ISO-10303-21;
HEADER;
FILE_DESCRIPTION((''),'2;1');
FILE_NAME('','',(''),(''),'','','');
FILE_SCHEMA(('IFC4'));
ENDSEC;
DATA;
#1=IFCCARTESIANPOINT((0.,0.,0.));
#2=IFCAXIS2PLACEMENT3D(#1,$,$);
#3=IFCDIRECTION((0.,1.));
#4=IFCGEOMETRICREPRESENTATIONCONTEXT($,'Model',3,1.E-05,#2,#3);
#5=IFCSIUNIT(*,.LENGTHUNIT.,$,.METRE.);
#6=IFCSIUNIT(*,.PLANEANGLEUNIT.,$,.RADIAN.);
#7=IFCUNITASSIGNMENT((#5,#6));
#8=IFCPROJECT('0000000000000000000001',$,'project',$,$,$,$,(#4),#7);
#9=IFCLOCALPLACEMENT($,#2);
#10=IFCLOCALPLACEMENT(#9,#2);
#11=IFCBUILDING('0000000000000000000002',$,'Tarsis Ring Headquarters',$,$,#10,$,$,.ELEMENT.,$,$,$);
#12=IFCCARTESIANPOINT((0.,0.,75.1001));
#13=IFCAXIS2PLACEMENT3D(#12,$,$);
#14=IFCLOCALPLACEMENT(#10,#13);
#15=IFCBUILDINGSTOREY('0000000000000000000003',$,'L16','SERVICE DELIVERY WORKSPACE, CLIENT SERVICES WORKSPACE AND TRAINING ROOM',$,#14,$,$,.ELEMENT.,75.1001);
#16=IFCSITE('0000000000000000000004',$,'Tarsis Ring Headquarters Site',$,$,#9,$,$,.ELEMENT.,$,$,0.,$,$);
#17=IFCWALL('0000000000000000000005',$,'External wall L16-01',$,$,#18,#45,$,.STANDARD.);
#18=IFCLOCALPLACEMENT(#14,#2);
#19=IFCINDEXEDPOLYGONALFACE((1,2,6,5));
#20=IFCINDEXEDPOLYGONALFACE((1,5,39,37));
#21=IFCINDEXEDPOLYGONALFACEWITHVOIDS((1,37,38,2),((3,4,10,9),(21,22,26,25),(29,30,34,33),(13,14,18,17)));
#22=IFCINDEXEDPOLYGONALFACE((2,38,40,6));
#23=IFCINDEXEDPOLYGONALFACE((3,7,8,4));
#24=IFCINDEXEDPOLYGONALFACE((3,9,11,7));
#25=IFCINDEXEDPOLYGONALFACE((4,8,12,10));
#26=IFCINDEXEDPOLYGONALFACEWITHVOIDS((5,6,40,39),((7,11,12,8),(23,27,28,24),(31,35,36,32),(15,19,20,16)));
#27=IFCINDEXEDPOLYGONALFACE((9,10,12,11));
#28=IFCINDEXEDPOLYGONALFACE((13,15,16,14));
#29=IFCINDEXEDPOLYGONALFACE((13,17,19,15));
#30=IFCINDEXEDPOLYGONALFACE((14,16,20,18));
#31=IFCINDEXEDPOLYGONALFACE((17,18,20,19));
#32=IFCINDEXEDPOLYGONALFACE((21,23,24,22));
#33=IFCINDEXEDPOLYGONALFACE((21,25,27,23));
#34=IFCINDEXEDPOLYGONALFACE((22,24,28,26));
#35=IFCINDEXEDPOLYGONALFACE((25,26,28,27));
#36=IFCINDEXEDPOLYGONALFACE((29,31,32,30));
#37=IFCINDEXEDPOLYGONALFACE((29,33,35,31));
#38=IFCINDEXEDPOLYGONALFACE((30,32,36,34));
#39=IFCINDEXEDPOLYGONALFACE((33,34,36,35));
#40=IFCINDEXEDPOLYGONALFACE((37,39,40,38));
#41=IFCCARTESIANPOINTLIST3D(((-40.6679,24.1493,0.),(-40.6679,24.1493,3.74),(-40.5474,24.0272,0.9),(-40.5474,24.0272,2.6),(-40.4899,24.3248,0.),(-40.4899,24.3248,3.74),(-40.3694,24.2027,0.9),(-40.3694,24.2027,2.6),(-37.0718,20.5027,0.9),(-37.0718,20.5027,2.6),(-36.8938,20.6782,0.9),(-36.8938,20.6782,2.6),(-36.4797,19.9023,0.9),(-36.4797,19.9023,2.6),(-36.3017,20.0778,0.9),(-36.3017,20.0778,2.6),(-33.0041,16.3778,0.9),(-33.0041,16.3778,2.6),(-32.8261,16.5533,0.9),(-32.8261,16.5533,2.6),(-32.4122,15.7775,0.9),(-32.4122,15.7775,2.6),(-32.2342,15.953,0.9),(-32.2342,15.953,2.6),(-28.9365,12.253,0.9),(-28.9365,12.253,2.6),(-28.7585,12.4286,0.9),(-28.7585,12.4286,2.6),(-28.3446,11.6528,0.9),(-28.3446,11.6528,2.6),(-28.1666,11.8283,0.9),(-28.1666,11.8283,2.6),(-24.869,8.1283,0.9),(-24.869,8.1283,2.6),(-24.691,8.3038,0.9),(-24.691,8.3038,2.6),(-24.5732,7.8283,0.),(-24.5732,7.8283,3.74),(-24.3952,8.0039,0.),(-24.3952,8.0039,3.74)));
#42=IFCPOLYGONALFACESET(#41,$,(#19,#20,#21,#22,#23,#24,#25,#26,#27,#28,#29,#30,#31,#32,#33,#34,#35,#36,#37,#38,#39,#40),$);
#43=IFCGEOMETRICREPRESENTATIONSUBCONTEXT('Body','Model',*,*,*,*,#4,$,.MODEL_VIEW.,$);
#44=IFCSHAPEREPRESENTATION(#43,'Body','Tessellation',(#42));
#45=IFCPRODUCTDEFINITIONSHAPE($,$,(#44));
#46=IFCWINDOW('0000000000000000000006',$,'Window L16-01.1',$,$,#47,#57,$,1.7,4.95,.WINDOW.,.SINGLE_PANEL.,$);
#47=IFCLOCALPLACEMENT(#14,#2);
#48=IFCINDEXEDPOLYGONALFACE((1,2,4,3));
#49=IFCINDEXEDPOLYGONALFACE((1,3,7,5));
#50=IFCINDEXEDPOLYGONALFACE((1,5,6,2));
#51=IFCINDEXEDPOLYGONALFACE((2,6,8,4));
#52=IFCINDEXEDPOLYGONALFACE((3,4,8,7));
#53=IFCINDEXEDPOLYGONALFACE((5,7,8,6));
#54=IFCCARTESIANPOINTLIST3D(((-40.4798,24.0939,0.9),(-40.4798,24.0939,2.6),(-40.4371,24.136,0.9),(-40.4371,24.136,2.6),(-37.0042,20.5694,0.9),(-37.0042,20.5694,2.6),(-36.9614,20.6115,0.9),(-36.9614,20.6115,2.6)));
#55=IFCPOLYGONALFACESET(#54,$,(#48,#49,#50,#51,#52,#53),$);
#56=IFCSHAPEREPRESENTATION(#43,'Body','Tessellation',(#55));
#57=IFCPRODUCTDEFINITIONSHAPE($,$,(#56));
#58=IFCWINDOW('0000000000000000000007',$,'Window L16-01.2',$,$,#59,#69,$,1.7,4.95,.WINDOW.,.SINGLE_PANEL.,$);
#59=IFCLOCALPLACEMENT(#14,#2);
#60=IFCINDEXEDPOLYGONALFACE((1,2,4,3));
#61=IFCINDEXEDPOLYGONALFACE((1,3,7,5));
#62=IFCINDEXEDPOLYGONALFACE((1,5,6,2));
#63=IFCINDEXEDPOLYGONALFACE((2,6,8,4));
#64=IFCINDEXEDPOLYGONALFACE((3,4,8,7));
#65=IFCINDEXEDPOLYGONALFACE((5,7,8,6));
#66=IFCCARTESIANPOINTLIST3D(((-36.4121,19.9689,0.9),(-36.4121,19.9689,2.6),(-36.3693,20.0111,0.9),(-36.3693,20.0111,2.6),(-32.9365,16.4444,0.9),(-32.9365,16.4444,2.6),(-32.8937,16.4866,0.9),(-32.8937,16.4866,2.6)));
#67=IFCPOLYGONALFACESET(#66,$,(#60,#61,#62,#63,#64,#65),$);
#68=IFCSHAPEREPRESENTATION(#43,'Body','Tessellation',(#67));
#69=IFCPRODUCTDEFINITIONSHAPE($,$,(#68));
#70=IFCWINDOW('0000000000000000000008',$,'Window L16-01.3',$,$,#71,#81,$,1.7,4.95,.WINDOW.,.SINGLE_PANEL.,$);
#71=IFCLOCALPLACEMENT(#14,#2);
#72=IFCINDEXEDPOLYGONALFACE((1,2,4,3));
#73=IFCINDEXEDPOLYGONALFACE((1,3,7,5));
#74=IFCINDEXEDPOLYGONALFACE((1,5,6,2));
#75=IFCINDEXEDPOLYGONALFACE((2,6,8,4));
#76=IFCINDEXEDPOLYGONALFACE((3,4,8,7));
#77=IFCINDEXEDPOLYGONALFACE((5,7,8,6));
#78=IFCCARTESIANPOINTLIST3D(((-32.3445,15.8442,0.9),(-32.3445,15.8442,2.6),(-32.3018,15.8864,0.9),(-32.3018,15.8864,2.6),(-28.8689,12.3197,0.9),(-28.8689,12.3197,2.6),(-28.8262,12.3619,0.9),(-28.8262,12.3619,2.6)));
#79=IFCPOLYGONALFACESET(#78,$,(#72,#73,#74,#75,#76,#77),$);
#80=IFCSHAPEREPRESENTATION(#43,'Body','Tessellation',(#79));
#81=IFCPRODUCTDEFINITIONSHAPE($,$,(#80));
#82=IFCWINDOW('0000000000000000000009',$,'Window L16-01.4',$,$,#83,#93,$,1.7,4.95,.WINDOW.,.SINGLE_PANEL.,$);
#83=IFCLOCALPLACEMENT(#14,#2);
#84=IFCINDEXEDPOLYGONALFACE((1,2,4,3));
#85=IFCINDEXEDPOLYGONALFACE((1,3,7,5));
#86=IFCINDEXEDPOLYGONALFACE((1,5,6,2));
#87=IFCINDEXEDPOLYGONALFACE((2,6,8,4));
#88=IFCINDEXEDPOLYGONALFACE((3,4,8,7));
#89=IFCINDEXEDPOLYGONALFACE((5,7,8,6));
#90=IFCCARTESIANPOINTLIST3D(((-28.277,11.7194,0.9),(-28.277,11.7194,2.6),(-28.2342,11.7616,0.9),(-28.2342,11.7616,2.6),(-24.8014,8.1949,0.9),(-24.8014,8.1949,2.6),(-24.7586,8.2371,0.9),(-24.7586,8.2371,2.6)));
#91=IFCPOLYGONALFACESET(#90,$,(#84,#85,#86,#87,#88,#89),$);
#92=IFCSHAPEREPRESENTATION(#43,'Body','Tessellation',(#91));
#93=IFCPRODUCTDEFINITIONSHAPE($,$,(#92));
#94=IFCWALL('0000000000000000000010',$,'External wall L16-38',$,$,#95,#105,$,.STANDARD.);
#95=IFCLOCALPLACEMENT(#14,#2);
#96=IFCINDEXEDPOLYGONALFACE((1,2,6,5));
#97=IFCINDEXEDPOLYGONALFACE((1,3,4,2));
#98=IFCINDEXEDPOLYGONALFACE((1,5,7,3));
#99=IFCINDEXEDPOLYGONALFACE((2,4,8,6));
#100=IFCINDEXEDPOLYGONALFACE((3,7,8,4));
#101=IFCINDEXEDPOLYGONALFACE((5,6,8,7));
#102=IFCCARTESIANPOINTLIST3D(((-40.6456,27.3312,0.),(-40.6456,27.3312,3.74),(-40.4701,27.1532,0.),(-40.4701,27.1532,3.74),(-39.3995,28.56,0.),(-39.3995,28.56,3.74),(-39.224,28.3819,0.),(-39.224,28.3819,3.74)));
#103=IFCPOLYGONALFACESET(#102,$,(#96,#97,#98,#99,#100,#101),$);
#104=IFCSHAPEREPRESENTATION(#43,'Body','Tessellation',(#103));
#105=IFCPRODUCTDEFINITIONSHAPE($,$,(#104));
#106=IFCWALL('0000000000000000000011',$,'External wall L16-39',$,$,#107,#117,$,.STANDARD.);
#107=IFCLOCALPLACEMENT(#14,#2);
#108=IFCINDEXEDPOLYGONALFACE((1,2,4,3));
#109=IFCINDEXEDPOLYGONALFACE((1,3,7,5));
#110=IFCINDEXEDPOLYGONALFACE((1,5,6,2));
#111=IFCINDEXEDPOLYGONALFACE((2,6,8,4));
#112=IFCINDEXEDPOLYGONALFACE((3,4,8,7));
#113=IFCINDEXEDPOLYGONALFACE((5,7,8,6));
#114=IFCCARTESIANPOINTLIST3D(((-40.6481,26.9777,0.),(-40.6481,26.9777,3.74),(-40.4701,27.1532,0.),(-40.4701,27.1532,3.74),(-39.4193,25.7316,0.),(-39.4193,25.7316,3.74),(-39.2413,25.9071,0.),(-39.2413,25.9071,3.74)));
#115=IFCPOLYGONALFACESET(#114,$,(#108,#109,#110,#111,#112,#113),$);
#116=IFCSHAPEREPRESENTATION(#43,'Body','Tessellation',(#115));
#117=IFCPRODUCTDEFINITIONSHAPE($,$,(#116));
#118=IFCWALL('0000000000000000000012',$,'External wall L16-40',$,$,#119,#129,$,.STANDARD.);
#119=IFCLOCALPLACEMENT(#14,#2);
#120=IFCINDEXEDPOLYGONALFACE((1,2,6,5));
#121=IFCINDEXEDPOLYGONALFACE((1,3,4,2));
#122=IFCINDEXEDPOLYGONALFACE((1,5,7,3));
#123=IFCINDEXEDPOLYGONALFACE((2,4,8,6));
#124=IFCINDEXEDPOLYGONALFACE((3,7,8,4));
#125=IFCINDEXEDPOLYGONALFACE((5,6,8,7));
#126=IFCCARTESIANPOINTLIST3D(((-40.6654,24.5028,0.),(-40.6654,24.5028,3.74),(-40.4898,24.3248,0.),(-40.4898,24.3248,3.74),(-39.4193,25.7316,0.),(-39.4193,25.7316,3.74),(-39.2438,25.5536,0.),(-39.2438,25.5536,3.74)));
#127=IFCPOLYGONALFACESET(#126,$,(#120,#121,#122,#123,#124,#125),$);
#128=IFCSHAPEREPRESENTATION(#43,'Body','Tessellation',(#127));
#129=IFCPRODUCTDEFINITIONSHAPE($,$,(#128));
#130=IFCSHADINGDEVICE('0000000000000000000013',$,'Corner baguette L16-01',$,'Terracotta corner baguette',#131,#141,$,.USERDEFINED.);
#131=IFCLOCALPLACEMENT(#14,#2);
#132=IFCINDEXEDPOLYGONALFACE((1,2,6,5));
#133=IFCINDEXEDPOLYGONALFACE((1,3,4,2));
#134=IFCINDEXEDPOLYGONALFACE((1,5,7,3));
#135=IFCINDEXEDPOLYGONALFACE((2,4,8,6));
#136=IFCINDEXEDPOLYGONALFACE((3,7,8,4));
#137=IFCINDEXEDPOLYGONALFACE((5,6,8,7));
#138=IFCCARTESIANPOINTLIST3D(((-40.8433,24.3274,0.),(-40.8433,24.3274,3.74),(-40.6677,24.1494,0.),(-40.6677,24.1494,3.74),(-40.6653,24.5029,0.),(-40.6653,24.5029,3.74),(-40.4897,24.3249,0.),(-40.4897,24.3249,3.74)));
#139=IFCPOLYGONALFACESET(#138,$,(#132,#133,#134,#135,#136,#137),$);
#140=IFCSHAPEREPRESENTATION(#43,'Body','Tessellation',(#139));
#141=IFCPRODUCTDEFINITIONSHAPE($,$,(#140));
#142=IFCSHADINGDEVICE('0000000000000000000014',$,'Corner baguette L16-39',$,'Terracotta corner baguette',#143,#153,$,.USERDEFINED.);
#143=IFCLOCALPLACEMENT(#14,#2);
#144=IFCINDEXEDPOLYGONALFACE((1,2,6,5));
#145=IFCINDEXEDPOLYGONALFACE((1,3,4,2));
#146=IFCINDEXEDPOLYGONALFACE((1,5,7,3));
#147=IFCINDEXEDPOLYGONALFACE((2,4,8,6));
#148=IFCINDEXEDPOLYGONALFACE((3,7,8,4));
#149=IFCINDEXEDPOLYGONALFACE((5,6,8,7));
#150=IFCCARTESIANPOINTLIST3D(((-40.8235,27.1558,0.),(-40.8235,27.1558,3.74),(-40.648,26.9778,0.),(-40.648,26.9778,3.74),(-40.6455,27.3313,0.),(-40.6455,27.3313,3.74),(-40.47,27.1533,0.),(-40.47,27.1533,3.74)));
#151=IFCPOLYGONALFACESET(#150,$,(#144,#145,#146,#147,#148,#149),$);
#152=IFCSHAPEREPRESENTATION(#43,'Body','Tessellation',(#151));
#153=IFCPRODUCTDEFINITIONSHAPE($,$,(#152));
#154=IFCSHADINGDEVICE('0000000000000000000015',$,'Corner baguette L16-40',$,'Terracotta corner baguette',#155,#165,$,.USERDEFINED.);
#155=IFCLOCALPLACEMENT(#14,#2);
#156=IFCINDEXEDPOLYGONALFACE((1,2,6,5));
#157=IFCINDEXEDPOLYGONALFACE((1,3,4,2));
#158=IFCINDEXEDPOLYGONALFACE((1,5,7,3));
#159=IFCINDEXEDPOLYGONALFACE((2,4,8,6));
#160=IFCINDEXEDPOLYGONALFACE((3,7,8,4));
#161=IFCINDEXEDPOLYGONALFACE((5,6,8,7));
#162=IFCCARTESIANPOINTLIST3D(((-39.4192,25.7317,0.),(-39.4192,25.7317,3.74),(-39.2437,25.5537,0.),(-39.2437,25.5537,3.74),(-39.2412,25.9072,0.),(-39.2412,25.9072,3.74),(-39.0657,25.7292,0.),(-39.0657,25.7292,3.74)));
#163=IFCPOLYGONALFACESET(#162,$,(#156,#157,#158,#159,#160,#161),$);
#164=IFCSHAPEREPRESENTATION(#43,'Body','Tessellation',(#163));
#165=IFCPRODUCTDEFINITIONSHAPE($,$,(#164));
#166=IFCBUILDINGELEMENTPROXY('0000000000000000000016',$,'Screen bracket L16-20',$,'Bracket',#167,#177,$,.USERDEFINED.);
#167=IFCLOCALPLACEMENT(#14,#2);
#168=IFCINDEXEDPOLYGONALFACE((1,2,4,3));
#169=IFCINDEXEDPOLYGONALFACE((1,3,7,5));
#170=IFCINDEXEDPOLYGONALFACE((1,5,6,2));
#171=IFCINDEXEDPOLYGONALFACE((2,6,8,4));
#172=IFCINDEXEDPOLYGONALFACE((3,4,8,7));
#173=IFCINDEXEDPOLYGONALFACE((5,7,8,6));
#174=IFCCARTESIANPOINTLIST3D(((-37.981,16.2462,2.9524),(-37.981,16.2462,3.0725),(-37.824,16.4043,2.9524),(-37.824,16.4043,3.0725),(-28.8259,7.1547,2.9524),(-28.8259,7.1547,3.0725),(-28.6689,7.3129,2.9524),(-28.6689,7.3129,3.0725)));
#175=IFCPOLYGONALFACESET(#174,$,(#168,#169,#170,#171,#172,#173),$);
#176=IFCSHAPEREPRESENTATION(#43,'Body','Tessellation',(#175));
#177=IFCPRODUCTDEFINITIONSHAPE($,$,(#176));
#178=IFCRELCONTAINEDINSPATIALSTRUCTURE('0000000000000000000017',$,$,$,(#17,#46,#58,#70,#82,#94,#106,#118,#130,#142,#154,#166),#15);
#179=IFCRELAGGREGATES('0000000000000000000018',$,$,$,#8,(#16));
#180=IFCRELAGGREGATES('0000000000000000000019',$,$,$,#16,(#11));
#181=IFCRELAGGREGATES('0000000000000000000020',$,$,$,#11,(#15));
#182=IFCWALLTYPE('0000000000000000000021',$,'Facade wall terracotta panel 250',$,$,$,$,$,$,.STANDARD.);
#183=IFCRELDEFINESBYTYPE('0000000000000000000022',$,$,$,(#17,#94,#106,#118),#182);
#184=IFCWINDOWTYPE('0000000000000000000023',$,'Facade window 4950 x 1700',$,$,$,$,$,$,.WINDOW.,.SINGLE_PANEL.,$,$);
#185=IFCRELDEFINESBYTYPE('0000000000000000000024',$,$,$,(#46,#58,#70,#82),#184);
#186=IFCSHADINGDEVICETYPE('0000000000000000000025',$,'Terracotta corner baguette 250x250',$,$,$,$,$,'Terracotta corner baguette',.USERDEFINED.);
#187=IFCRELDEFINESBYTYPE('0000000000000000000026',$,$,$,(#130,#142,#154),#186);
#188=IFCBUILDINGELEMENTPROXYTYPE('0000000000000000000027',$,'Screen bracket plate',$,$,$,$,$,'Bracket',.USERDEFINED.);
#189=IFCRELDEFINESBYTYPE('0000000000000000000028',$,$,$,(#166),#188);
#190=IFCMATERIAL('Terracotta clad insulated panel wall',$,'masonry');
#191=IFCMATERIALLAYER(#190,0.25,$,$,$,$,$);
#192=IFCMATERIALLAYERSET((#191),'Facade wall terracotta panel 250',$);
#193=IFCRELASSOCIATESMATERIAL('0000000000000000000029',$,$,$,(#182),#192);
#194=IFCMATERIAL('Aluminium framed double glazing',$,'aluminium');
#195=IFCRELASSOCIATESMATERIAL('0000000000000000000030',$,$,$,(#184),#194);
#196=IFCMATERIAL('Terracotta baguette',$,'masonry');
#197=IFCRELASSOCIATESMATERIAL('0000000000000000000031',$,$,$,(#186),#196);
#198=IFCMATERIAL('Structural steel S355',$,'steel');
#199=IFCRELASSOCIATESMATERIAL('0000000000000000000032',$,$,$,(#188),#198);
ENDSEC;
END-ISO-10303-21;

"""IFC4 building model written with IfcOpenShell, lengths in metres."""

from ifc_helpers import new_model, si_unit, direction, frame, frame_2d, origin, origin_2d, place, context, subcontext, project, spatial, rectangle, extrude, material, layer, layer_set, type_object, element, fill, save


model = new_model("IFC4")

# Units and contexts
model_context = context("Model", 3, precision=1e-05, world=origin(), true_north=direction((0.0, 1.0)))
body_context = subcontext(model_context, "Body", "Model", "MODEL_VIEW")
ifc_project = project(units=[si_unit("LENGTHUNIT", "METRE"), si_unit("PLANEANGLEUNIT", "RADIAN")], contexts=[model_context])

# Site, building, storey
site_placement = place(None, origin())
site = spatial("IfcSite", under=ifc_project, at=site_placement, Name="Tarsis Ring Headquarters Site", CompositionType="ELEMENT", RefElevation=0.0)
building_placement = place(site_placement, origin())
building = spatial("IfcBuilding", under=site, at=building_placement, Name="Tarsis Ring Headquarters", CompositionType="ELEMENT")
storey_placement = place(building_placement, frame((0.0, 0.0, 75.1001)))
storey = spatial("IfcBuildingStorey", under=building, at=storey_placement, Name="L16", Description="SERVICE DELIVERY WORKSPACE, CLIENT SERVICES WORKSPACE AND TRAINING ROOM", CompositionType="ELEMENT", Elevation=75.1001)

# Shared definitions
ifc_material_1 = material(Name="Structural steel S355", Category="steel")

# Wall, openings, windows
ifc_material_2 = material(Name="Terracotta clad insulated panel wall", Category="masonry")
ifc_layer_1 = layer(ifc_material_2, 0.25)
ifc_layer_set_1 = layer_set([ifc_layer_1], Name="Facade wall terracotta panel 250")
wall_type_1 = type_object("IfcWallType", Name="Facade wall terracotta panel 250", PredefinedType="STANDARD", material=ifc_layer_set_1)
wall_1_placement = place(storey_placement, frame((-40.5789, 24.2371, 0.0), z_axis=(0.0, 0.0, 1.0), x_axis=(0.702153, -0.712026, 0.0)))
wall_1 = element("IfcWall", 1, at=wall_1_placement, inside=storey, type_object=wall_type_1, Name="External wall L16-01", PredefinedType="STANDARD", context=body_context, shape_type="SweptSolid", body=[
    extrude(rectangle(XDim=22.9219, YDim=0.25, at=frame_2d((11.4609, 0.0))), origin(), (0.0, 0.0, 1.0), 3.74),
])
opening_1_placement = place(wall_1_placement, frame((0.1714, 0.0, 0.8999)))
opening_1 = element("IfcOpeningElement", 2, at=opening_1_placement, cuts=wall_1, PredefinedType="OPENING", context=body_context, shape_type="SweptSolid", body=[
    extrude(rectangle(XDim=4.95, YDim=1.7, at=frame_2d((2.4751, 0.8501))), frame((0.0, 0.135, 0.0), z_axis=(0.0, -1.0, 0.0), x_axis=(1.0, 0.0, 0.0)), (0.0, 0.0, 1.0), 0.27),
])
opening_2_placement = place(wall_1_placement, frame((5.9646, 0.0, 0.8999)))
opening_2 = element("IfcOpeningElement", 3, at=opening_2_placement, cuts=wall_1, PredefinedType="OPENING", context=body_context, shape_type="SweptSolid", body=[
    extrude(rectangle(XDim=4.95, YDim=1.7, at=frame_2d((2.4751, 0.8501))), frame((0.0, 0.135, 0.0), z_axis=(0.0, -1.0, 0.0), x_axis=(1.0, 0.0, 0.0)), (0.0, 0.0, 1.0), 0.27),
])
opening_3_placement = place(wall_1_placement, frame((11.7576, 0.0, 0.8999)))
opening_3 = element("IfcOpeningElement", 4, at=opening_3_placement, cuts=wall_1, PredefinedType="OPENING", context=body_context, shape_type="SweptSolid", body=[
    extrude(rectangle(XDim=4.95, YDim=1.7, at=frame_2d((2.4751, 0.8501))), frame((0.0, 0.135, 0.0), z_axis=(0.0, -1.0, 0.0), x_axis=(1.0, 0.0, 0.0)), (0.0, 0.0, 1.0), 0.27),
])
opening_4_placement = place(wall_1_placement, frame((17.5505, 0.0, 0.8999)))
opening_4 = element("IfcOpeningElement", 5, at=opening_4_placement, cuts=wall_1, PredefinedType="OPENING", context=body_context, shape_type="SweptSolid", body=[
    extrude(rectangle(XDim=4.95, YDim=1.7, at=frame_2d((2.4751, 0.8501))), frame((0.0, 0.135, 0.0), z_axis=(0.0, -1.0, 0.0), x_axis=(1.0, 0.0, 0.0)), (0.0, 0.0, 1.0), 0.27),
])
ifc_material_3 = material(Name="Aluminium framed double glazing", Category="aluminium")
window_type = type_object("IfcWindowType", Name="Facade window 4950 x 1700", PartitioningType="SINGLE_PANEL", PredefinedType="WINDOW", material=ifc_material_3)
window_1_placement = place(opening_1_placement, origin())
window_1 = element("IfcWindow", 6, at=window_1_placement, inside=storey, type_object=window_type, Name="Window L16-01.1", OverallHeight=1.7, OverallWidth=4.95, PartitioningType="SINGLE_PANEL", PredefinedType="WINDOW", context=body_context, shape_type="SweptSolid", body=[
    extrude(rectangle(XDim=4.95, YDim=1.7, at=frame_2d((2.4751, 0.8501))), frame((0.0, 0.03, 0.0), z_axis=(0.0, -1.0, 0.0), x_axis=(1.0, 0.0, 0.0)), (0.0, 0.0, 1.0), 0.0601),
])
fill(opening_1, window_1)
window_2_placement = place(opening_2_placement, origin())
window_2 = element("IfcWindow", 7, at=window_2_placement, inside=storey, type_object=window_type, Name="Window L16-01.2", OverallHeight=1.7, OverallWidth=4.95, PartitioningType="SINGLE_PANEL", PredefinedType="WINDOW", context=body_context, shape_type="SweptSolid", body=[
    extrude(rectangle(XDim=4.95, YDim=1.7, at=frame_2d((2.4751, 0.8501))), frame((0.0, 0.03, 0.0), z_axis=(0.0, -1.0, 0.0), x_axis=(1.0, 0.0, 0.0)), (0.0, 0.0, 1.0), 0.0601),
])
fill(opening_2, window_2)
window_3_placement = place(opening_3_placement, origin())
window_3 = element("IfcWindow", 8, at=window_3_placement, inside=storey, type_object=window_type, Name="Window L16-01.3", OverallHeight=1.7, OverallWidth=4.95, PartitioningType="SINGLE_PANEL", PredefinedType="WINDOW", context=body_context, shape_type="SweptSolid", body=[
    extrude(rectangle(XDim=4.95, YDim=1.7, at=frame_2d((2.4751, 0.8501))), frame((0.0, 0.03, 0.0), z_axis=(0.0, -1.0, 0.0), x_axis=(1.0, 0.0, 0.0)), (0.0, 0.0, 1.0), 0.0601),
])
fill(opening_3, window_3)
window_4_placement = place(opening_4_placement, origin())
window_4 = element("IfcWindow", 9, at=window_4_placement, inside=storey, type_object=window_type, Name="Window L16-01.4", OverallHeight=1.7, OverallWidth=4.95, PartitioningType="SINGLE_PANEL", PredefinedType="WINDOW", context=body_context, shape_type="SweptSolid", body=[
    extrude(rectangle(XDim=4.95, YDim=1.7, at=frame_2d((2.4751, 0.8501))), frame((0.0, 0.03, 0.0), z_axis=(0.0, -1.0, 0.0), x_axis=(1.0, 0.0, 0.0)), (0.0, 0.0, 1.0), 0.0601),
])
fill(opening_4, window_4)

# Walls
for number, where, z_axis, x_axis, name in (
    (10, (-39.3118, 28.4709, 0.0), (0.0, 0.0, 1.0), (-0.712042, -0.702137, 0.0), "External wall L16-38"),
    (11, (-40.5591, 27.0654, 0.0), (0.0, 0.0, 1.0), (0.702137, -0.712042, 0.0), "External wall L16-39"),
    (12, (-39.3315, 25.6426, 0.0), (0.0, 0.0, 1.0), (-0.712042, -0.702137, 0.0), "External wall L16-40"),
):
    element("IfcWall", number, at=place(storey_placement, frame(where, z_axis=z_axis, x_axis=x_axis)), inside=storey, type_object=wall_type_1, Name=name, PredefinedType="STANDARD", context=body_context, shape_type="SweptSolid", body=[
        extrude(rectangle(XDim=1.75, YDim=0.25, at=frame_2d((0.875, 0.0))), origin(), (0.0, 0.0, 1.0), 3.74),
    ])

# Shading devices
ifc_material_4 = material(Name="Terracotta baguette", Category="masonry")
shading_device_type_1 = type_object("IfcShadingDeviceType", Name="Terracotta corner baguette 250x250", ElementType="Terracotta corner baguette", PredefinedType="USERDEFINED", material=ifc_material_4)
for number, where, z_axis, x_axis, name in (
    (13, (-40.6665, 24.3262, 0.0), (0.0, 0.0, 1.0), (-0.712026, -0.702153, 0.0), "Corner baguette L16-01"),
    (14, (-40.6467, 27.1545, 0.0), (0.0, 0.0, 1.0), (-0.712026, -0.702153, 0.0), "Corner baguette L16-39"),
    (15, (-39.2424, 25.7305, 0.0), (0.0, 0.0, 1.0), (0.702153, -0.712026, 0.0), "Corner baguette L16-40"),
):
    element("IfcShadingDevice", number, at=place(storey_placement, frame(where, z_axis=z_axis, x_axis=x_axis)), inside=storey, type_object=shading_device_type_1, Name=name, ObjectType="Terracotta corner baguette", PredefinedType="USERDEFINED", context=body_context, shape_type="SweptSolid", body=[
        extrude(rectangle(XDim=0.25, YDim=0.25, at=origin_2d()), origin(), (0.0, 0.0, 1.0), 3.74),
    ])

# Building element proxy
building_element_proxy_type = type_object("IfcBuildingElementProxyType", Name="Screen bracket plate", ElementType="Bracket", PredefinedType="USERDEFINED", material=ifc_material_1)
proxy_placement = place(storey_placement, frame((-33.325, 11.7795, 2.9524), z_axis=(0.0, 0.0, 1.0), x_axis=(0.709571, -0.704634, 0.0)))
element("IfcBuildingElementProxy", 16, at=proxy_placement, inside=storey, type_object=building_element_proxy_type, Name="Screen bracket L16-20", ObjectType="Bracket", PredefinedType="USERDEFINED", context=body_context, shape_type="SweptSolid", body=[
    extrude(rectangle(XDim=12.9023, YDim=0.2229, at=origin_2d()), origin(), (0.0, 0.0, 1.0), 0.1201),
])

save(model, "model.ifc")
